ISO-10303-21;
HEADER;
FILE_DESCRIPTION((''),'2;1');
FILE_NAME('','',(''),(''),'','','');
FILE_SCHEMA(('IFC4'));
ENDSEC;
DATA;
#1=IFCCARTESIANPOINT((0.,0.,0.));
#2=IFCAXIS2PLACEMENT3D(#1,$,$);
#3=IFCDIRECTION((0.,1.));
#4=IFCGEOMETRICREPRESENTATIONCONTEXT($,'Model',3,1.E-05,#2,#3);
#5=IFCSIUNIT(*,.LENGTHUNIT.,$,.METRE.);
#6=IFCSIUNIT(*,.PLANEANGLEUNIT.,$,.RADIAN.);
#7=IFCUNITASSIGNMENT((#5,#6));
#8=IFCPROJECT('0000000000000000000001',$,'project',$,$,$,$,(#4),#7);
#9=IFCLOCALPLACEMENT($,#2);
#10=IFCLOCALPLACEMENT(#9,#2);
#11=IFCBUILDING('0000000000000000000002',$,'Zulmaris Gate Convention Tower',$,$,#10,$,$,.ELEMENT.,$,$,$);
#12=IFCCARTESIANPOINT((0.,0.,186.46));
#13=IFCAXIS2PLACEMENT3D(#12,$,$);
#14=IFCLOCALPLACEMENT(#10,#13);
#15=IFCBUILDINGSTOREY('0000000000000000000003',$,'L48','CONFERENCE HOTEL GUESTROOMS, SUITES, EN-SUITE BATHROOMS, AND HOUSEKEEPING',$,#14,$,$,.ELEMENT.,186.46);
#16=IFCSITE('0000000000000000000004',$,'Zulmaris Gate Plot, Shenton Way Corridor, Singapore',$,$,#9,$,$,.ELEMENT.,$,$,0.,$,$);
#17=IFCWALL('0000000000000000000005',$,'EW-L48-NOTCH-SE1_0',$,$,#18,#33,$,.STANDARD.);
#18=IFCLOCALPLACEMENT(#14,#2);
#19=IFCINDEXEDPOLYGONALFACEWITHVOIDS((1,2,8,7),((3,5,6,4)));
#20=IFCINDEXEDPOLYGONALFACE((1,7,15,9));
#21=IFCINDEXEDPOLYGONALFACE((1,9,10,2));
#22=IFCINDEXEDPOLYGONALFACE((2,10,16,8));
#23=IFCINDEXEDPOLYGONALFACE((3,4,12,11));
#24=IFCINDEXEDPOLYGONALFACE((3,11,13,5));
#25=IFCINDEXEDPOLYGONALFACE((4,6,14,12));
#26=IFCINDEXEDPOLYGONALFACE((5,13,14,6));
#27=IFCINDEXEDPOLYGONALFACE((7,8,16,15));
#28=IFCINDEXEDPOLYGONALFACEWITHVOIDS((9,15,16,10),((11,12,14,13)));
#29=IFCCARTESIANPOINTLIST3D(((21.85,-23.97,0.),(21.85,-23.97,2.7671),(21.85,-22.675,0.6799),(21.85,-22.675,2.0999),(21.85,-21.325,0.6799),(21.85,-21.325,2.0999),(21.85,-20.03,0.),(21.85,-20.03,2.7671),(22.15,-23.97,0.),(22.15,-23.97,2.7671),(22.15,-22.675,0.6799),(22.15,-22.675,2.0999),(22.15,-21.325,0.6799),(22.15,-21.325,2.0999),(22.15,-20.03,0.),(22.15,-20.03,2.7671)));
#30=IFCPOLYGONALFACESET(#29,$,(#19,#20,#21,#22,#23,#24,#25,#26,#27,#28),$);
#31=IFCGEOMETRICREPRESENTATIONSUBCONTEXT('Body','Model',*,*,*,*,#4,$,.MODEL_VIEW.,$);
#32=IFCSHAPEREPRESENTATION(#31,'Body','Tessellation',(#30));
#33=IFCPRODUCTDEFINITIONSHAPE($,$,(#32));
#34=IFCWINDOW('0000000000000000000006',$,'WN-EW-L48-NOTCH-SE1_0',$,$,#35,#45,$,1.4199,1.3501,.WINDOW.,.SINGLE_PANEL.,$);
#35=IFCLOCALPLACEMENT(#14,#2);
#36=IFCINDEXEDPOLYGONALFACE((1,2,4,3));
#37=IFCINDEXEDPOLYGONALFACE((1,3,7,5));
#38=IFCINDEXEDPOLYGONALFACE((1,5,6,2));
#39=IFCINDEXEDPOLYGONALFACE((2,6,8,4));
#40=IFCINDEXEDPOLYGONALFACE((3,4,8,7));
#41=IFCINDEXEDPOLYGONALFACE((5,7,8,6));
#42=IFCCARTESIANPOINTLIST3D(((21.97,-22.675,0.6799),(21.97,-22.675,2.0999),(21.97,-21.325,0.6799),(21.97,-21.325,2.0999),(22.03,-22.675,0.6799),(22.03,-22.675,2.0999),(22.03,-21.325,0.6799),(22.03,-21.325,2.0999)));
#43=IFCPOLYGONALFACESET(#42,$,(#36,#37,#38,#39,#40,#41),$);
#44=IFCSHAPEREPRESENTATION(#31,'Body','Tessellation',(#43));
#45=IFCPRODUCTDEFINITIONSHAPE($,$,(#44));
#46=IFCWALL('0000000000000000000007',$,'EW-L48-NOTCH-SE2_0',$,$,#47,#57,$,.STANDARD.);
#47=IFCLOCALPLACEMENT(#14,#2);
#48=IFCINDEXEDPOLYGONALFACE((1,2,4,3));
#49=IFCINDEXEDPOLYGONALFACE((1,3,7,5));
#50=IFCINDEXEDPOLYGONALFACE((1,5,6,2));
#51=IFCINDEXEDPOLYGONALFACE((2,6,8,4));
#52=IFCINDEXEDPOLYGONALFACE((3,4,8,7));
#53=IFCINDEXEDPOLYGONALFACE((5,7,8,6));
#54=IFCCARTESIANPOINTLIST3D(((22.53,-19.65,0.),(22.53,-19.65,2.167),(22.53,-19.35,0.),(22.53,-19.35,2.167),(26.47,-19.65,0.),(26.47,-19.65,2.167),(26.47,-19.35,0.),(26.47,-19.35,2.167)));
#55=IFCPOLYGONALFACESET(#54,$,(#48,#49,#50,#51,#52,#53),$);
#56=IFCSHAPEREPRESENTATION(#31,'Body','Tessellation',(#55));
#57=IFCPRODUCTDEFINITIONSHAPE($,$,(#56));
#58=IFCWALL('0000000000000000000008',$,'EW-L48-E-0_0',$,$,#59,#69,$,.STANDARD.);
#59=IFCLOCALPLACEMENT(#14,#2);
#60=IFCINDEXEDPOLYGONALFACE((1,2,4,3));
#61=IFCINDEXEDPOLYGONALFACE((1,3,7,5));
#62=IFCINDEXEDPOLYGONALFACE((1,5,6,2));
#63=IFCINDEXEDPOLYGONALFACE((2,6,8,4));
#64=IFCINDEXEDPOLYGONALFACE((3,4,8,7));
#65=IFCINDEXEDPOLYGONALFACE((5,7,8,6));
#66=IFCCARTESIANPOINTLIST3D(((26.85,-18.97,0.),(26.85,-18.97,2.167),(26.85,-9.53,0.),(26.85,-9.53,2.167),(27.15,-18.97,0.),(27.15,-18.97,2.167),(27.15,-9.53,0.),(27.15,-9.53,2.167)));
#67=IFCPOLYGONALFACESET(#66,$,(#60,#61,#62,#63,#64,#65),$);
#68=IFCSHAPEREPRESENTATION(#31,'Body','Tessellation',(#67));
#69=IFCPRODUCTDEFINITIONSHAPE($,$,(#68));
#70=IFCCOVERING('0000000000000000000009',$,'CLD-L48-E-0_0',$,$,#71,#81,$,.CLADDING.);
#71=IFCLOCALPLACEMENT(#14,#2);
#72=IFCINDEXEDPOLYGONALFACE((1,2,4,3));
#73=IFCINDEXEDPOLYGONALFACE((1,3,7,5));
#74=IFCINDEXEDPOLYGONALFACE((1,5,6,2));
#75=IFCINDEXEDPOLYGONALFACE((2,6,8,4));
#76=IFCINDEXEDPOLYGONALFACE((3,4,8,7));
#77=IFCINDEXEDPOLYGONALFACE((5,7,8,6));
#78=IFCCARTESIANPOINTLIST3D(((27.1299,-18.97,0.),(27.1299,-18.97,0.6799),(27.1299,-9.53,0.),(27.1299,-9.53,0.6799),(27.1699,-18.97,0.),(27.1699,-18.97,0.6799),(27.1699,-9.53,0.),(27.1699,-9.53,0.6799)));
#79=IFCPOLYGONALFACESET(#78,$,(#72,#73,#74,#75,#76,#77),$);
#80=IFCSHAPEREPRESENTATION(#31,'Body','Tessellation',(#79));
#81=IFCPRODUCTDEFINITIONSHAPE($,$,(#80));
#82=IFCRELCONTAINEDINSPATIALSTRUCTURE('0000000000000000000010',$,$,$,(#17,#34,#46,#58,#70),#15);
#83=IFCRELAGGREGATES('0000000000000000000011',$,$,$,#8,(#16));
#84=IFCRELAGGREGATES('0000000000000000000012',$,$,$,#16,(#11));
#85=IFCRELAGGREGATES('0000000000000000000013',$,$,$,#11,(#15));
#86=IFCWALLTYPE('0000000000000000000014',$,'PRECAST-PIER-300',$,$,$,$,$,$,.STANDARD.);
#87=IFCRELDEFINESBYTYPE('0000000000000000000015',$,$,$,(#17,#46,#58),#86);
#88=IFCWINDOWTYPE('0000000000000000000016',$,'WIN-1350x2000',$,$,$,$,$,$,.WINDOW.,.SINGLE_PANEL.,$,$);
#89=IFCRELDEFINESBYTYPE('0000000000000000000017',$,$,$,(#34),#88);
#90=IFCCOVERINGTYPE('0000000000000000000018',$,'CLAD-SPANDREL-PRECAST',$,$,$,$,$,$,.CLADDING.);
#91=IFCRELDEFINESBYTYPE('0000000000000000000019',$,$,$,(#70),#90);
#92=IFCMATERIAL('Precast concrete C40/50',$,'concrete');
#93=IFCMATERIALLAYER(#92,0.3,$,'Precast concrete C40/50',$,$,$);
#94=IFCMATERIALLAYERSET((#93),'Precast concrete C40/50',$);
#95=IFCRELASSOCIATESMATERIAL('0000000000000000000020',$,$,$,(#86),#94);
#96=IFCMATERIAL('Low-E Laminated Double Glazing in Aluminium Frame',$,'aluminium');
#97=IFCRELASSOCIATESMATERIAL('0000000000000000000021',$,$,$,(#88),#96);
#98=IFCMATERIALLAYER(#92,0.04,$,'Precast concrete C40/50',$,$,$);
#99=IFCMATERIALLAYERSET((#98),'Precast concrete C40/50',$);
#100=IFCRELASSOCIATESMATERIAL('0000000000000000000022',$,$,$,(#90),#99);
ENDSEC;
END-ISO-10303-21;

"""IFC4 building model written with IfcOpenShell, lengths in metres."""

from ifc_helpers import new_model, si_unit, direction, frame, frame_2d, origin, place, context, subcontext, project, spatial, rectangle, extrude, material, layer, layer_set, type_object, element, fill, save


model = new_model("IFC4")

# Units and contexts
model_context = context("Model", 3, precision=1e-05, world=origin(), true_north=direction((0.0, 1.0)))
body_context = subcontext(model_context, "Body", "Model", "MODEL_VIEW")
ifc_project = project(units=[si_unit("LENGTHUNIT", "METRE"), si_unit("PLANEANGLEUNIT", "RADIAN")], contexts=[model_context])

# Site, building, storey
site_placement = place(None, origin())
site = spatial("IfcSite", under=ifc_project, at=site_placement, Name="Zulmaris Gate Plot, Shenton Way Corridor, Singapore", CompositionType="ELEMENT", RefElevation=0.0)
building_placement = place(site_placement, origin())
building = spatial("IfcBuilding", under=site, at=building_placement, Name="Zulmaris Gate Convention Tower", CompositionType="ELEMENT")
storey_placement = place(building_placement, frame((0.0, 0.0, 186.46)))
storey = spatial("IfcBuildingStorey", under=building, at=storey_placement, Name="L48", Description="CONFERENCE HOTEL GUESTROOMS, SUITES, EN-SUITE BATHROOMS, AND HOUSEKEEPING", CompositionType="ELEMENT", Elevation=186.46)

# Wall, opening, window
ifc_material_1 = material(Name="Precast concrete C40/50", Category="concrete")
ifc_layer_1 = layer(ifc_material_1, 0.3, Name="Precast concrete C40/50")
ifc_layer_set_1 = layer_set([ifc_layer_1], Name="Precast concrete C40/50")
wall_type_1 = type_object("IfcWallType", Name="PRECAST-PIER-300", PredefinedType="STANDARD", material=ifc_layer_set_1)
wall_1_placement = place(storey_placement, frame((22.0, -23.97, 0.0), z_axis=(0.0, 0.0, 1.0), x_axis=(0.0, 1.0, 0.0)))
wall_1 = element("IfcWall", 1, at=wall_1_placement, inside=storey, type_object=wall_type_1, Name="EW-L48-NOTCH-SE1_0", PredefinedType="STANDARD", context=body_context, shape_type="SweptSolid", body=[
    extrude(rectangle(XDim=3.9399, YDim=0.3, at=frame_2d((1.97, 0.0))), origin(), (0.0, 0.0, 1.0), 2.7671),
])
opening_1_placement = place(wall_1_placement, frame((1.2949, 0.0, 0.6799)))
opening_1 = element("IfcOpeningElement", 2, at=opening_1_placement, cuts=wall_1, PredefinedType="OPENING", context=body_context, shape_type="SweptSolid", body=[
    extrude(rectangle(XDim=1.3501, YDim=1.4199, at=frame_2d((0.675, 0.71))), frame((0.0, 0.1602, 0.0), z_axis=(0.0, -1.0, 0.0), x_axis=(1.0, 0.0, 0.0)), (0.0, 0.0, 1.0), 0.3201),
])
ifc_material_2 = material(Name="Low-E Laminated Double Glazing in Aluminium Frame", Category="aluminium")
window_type = type_object("IfcWindowType", Name="WIN-1350x2000", PartitioningType="SINGLE_PANEL", PredefinedType="WINDOW", material=ifc_material_2)
window_placement = place(opening_1_placement, origin())
window = element("IfcWindow", 3, at=window_placement, inside=storey, type_object=window_type, Name="WN-EW-L48-NOTCH-SE1_0", OverallHeight=1.4199, OverallWidth=1.3501, PartitioningType="SINGLE_PANEL", PredefinedType="WINDOW", context=body_context, shape_type="SweptSolid", body=[
    extrude(rectangle(XDim=1.3501, YDim=1.4199, at=frame_2d((0.675, 0.71))), frame((0.0, 0.03, 0.0), z_axis=(0.0, -1.0, 0.0), x_axis=(1.0, 0.0, 0.0)), (0.0, 0.0, 1.0), 0.0601),
])
fill(opening_1, window)

# Walls
wall_2_placement = place(storey_placement, frame((22.53, -19.5, 0.0), z_axis=(0.0, 0.0, 1.0), x_axis=(1.0, 0.0, 0.0)))
element("IfcWall", 4, at=wall_2_placement, inside=storey, type_object=wall_type_1, Name="EW-L48-NOTCH-SE2_0", PredefinedType="STANDARD", context=body_context, shape_type="SweptSolid", body=[
    extrude(rectangle(XDim=3.9399, YDim=0.3, at=frame_2d((1.97, 0.0))), origin(), (0.0, 0.0, 1.0), 2.167),
])
wall_3_placement = place(storey_placement, frame((27.0, -18.97, 0.0), z_axis=(0.0, 0.0, 1.0), x_axis=(0.0, 1.0, 0.0)))
element("IfcWall", 5, at=wall_3_placement, inside=storey, type_object=wall_type_1, Name="EW-L48-E-0_0", PredefinedType="STANDARD", context=body_context, shape_type="SweptSolid", body=[
    extrude(rectangle(XDim=9.4399, YDim=0.3, at=frame_2d((4.72, 0.0))), origin(), (0.0, 0.0, 1.0), 2.167),
])

# Covering
ifc_layer_2 = layer(ifc_material_1, 0.04, Name="Precast concrete C40/50")
ifc_layer_set_2 = layer_set([ifc_layer_2], Name="Precast concrete C40/50")
covering_type = type_object("IfcCoveringType", Name="CLAD-SPANDREL-PRECAST", PredefinedType="CLADDING", material=ifc_layer_set_2)
covering_placement = place(storey_placement, frame((27.1499, -18.97, 0.0), z_axis=(0.0, 0.0, 1.0), x_axis=(0.0, 1.0, 0.0)))
element("IfcCovering", 6, at=covering_placement, inside=storey, type_object=covering_type, Name="CLD-L48-E-0_0", PredefinedType="CLADDING", context=body_context, shape_type="SweptSolid", body=[
    extrude(rectangle(XDim=9.4399, YDim=0.04, at=frame_2d((4.72, 0.0))), origin(), (0.0, 0.0, 1.0), 0.6799),
])

save(model, "model.ifc")
